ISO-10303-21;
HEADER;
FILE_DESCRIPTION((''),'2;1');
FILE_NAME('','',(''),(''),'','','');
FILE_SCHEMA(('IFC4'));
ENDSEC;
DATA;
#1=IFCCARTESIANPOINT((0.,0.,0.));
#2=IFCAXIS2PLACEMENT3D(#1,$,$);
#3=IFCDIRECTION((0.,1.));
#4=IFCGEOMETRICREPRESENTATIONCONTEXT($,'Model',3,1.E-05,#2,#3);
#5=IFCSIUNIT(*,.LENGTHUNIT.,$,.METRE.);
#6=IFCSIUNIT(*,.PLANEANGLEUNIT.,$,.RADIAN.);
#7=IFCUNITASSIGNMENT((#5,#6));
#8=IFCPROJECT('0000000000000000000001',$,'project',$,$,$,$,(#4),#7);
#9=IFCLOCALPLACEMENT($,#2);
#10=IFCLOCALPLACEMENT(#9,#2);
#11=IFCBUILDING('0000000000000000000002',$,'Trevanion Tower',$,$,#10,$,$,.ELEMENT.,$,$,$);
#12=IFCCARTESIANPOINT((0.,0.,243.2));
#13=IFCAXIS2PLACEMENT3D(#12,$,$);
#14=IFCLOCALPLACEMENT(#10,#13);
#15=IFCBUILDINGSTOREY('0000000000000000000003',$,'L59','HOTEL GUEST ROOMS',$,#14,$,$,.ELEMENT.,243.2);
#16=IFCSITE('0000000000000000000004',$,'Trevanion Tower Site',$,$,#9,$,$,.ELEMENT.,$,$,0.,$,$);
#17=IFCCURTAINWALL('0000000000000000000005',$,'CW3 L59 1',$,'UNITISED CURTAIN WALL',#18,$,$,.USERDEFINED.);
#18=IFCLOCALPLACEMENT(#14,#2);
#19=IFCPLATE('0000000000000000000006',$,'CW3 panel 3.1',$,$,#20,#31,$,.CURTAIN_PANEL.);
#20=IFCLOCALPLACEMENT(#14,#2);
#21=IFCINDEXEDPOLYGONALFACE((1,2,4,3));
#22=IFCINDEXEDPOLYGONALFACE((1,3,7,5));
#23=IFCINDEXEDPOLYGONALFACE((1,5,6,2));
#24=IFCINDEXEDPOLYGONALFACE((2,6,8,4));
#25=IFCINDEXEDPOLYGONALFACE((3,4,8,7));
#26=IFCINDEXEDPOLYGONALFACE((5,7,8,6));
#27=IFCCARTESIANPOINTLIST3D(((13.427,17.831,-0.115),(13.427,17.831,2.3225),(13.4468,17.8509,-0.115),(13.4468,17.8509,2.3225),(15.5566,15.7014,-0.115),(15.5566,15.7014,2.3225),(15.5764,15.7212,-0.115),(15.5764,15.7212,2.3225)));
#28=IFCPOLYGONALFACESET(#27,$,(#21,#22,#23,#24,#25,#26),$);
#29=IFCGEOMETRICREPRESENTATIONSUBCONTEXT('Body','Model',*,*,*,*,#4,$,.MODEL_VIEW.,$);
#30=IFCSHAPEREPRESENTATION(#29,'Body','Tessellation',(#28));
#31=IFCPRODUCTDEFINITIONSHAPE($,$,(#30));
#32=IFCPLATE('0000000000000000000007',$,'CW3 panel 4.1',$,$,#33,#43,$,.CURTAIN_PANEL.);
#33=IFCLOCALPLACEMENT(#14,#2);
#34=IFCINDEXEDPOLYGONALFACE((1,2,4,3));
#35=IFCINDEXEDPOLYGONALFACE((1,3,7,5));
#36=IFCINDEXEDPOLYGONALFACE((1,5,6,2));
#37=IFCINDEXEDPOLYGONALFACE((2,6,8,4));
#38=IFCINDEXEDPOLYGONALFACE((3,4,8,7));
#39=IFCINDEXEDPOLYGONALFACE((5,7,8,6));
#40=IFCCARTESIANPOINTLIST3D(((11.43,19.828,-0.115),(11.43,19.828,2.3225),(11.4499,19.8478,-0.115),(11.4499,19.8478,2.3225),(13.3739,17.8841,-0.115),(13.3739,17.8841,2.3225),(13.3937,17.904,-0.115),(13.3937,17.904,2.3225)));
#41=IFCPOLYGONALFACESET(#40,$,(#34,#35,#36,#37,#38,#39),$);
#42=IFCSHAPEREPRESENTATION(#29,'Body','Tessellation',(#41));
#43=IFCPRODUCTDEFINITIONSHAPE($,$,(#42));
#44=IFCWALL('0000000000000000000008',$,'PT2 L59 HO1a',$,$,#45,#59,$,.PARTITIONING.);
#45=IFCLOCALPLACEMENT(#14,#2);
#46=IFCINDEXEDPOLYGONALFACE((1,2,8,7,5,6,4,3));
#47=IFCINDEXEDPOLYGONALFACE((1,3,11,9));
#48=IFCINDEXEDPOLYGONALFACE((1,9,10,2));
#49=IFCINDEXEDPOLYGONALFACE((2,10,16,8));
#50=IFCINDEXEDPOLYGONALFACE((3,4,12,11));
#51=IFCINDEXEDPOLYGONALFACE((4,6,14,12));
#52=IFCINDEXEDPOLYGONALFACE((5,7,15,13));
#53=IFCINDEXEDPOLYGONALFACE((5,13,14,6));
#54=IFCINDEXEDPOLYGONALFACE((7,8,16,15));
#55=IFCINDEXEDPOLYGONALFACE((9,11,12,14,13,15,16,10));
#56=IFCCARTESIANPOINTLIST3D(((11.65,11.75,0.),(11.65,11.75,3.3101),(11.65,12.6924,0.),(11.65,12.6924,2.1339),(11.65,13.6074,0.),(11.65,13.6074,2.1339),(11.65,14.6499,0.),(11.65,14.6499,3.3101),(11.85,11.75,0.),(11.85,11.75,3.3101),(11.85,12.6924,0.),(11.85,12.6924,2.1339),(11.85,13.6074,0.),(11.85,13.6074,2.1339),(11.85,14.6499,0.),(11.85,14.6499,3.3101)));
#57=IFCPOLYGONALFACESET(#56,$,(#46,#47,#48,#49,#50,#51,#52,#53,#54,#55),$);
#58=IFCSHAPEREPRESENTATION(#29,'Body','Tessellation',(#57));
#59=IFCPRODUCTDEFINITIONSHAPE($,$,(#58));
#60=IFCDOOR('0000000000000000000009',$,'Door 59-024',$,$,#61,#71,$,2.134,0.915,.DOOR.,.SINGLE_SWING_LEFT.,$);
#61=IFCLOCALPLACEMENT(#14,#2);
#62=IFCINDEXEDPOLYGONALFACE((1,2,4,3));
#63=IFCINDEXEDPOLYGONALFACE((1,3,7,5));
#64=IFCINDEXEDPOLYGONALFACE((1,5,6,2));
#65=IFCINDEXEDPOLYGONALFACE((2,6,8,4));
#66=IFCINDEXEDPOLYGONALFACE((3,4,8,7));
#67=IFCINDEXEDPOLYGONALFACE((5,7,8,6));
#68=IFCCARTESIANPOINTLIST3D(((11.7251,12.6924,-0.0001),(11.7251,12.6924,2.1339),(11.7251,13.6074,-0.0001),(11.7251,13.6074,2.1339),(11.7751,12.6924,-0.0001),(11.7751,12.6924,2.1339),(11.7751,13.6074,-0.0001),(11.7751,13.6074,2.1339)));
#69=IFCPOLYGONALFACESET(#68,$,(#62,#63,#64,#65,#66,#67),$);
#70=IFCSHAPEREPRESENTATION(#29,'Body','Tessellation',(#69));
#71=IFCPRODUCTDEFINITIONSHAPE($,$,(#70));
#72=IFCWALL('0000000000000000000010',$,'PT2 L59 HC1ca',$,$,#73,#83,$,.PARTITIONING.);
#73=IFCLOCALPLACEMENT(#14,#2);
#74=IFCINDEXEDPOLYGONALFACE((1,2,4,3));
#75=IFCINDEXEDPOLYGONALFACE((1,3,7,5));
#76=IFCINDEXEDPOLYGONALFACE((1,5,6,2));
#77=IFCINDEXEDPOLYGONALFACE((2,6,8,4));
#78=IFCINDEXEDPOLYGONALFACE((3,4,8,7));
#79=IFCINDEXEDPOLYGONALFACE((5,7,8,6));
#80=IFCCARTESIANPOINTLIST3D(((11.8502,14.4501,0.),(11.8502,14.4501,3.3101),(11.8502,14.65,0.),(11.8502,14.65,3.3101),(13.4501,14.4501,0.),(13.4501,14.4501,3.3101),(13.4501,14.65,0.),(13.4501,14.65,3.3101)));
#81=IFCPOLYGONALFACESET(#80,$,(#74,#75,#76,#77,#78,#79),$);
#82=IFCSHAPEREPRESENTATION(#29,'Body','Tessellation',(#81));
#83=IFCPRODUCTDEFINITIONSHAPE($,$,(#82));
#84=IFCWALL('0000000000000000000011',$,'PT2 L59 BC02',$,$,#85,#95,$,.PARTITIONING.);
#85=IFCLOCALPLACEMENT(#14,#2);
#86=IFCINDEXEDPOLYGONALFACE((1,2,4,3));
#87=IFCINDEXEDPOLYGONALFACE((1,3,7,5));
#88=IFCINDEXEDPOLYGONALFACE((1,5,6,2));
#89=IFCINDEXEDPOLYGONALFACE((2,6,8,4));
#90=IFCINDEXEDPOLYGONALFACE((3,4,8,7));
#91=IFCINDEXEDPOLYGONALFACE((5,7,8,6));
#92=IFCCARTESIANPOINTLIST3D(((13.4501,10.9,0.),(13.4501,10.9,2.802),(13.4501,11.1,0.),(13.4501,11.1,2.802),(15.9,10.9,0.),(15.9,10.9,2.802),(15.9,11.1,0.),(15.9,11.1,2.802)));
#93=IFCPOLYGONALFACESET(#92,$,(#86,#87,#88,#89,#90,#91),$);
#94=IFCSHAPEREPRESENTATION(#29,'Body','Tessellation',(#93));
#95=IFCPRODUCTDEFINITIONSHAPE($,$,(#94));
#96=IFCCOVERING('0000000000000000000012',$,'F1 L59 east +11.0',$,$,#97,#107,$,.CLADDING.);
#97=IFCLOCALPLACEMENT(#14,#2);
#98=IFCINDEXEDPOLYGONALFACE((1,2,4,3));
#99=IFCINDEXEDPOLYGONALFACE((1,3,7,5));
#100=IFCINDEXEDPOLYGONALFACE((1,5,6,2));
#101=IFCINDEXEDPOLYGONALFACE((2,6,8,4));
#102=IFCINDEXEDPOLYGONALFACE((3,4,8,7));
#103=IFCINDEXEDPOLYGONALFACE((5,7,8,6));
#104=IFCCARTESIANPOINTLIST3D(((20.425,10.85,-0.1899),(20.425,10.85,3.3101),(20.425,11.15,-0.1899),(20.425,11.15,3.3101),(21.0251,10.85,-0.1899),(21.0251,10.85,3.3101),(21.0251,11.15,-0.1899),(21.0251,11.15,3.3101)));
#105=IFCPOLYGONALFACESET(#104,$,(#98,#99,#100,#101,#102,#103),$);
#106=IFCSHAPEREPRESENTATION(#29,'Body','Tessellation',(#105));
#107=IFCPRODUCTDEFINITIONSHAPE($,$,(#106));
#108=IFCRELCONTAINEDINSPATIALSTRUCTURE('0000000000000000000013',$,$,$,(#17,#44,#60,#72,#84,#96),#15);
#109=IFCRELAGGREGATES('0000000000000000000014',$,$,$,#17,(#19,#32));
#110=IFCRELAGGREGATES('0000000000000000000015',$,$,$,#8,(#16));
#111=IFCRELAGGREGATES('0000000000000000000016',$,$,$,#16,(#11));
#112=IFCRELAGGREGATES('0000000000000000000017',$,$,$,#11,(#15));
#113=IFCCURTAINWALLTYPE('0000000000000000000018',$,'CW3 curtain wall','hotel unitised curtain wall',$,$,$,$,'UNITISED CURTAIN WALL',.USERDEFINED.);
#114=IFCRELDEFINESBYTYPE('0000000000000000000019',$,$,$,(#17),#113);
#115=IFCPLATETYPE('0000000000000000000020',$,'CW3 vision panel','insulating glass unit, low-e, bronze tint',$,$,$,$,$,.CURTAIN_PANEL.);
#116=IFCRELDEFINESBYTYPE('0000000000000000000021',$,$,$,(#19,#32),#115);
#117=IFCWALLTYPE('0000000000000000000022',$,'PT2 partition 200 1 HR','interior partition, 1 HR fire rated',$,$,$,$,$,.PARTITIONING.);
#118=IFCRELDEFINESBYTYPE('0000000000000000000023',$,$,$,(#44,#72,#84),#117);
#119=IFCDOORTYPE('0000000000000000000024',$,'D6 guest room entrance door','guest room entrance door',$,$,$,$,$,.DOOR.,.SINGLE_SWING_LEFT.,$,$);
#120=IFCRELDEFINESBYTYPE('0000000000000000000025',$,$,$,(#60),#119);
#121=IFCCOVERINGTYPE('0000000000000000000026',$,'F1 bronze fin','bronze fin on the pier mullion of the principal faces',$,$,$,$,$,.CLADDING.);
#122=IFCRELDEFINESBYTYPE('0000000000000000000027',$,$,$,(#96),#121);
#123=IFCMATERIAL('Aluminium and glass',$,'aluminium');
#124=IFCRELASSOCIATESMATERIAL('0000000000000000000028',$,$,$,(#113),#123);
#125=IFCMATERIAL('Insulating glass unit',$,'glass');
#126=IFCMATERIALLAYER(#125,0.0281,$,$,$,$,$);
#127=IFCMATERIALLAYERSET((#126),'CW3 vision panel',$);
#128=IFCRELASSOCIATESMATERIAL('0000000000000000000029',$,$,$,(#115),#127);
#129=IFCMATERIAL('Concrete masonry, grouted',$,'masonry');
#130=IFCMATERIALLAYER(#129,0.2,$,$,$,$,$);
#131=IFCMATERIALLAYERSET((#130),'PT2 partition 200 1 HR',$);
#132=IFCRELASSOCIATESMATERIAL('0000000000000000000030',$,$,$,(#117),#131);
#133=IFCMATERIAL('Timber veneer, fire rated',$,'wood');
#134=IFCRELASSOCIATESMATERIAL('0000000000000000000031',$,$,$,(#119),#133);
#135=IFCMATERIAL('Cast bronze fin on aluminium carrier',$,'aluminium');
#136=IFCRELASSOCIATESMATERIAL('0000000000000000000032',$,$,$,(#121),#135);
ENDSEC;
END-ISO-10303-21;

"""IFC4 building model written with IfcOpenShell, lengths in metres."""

from ifc_helpers import new_model, si_unit, direction, frame, frame_2d, origin, origin_2d, place, context, subcontext, project, spatial, rectangle, extrude, material, layer, layer_set, type_object, element, fill, aggregate, save


model = new_model("IFC4")

# Units and contexts
model_context = context("Model", 3, precision=1e-05, world=origin(), true_north=direction((0.0, 1.0)))
body_context = subcontext(model_context, "Body", "Model", "MODEL_VIEW")
ifc_project = project(units=[si_unit("LENGTHUNIT", "METRE"), si_unit("PLANEANGLEUNIT", "RADIAN")], contexts=[model_context])

# Site, building, storey
site_placement = place(None, origin())
site = spatial("IfcSite", under=ifc_project, at=site_placement, Name="Trevanion Tower Site", CompositionType="ELEMENT", RefElevation=0.0)
building_placement = place(site_placement, origin())
building = spatial("IfcBuilding", under=site, at=building_placement, Name="Trevanion Tower", CompositionType="ELEMENT")
storey_placement = place(building_placement, frame((0.0, 0.0, 243.2)))
storey = spatial("IfcBuildingStorey", under=building, at=storey_placement, Name="L59", Description="HOTEL GUEST ROOMS", CompositionType="ELEMENT", Elevation=243.2)

# Curtain wall
ifc_material_1 = material(Name="Aluminium and glass", Category="aluminium")
curtain_wall_type = type_object("IfcCurtainWallType", Name="CW3 curtain wall", Description="hotel unitised curtain wall", ElementType="UNITISED CURTAIN WALL", PredefinedType="USERDEFINED", material=ifc_material_1)
curtain_wall_1_placement = place(storey_placement, origin())
curtain_wall_1 = element("IfcCurtainWall", 1, at=curtain_wall_1_placement, inside=storey, type_object=curtain_wall_type, Name="CW3 L59 1", ObjectType="UNITISED CURTAIN WALL", PredefinedType="USERDEFINED")

# Plates
ifc_material_2 = material(Name="Insulating glass unit", Category="glass")
ifc_layer_1 = layer(ifc_material_2, 0.0281)
ifc_layer_set_1 = layer_set([ifc_layer_1], Name="CW3 vision panel")
plate_type_1 = type_object("IfcPlateType", Name="CW3 vision panel", Description="insulating glass unit, low-e, bronze tint", PredefinedType="CURTAIN_PANEL", material=ifc_layer_set_1)
plate_1_placement = place(storey_placement, frame((14.5017, 16.7761, -0.115), z_axis=(0.0, 0.0, 1.0), x_axis=(-0.707107, 0.707107, 0.0)))
plate_1 = element("IfcPlate", 2, at=plate_1_placement, type_object=plate_type_1, Name="CW3 panel 3.1", PredefinedType="CURTAIN_PANEL", context=body_context, shape_type="SweptSolid", body=[
    extrude(rectangle(XDim=3.0117, YDim=0.0281, at=origin_2d()), origin(), (0.0, 0.0, 1.0), 2.4375),
])
plate_2_placement = place(storey_placement, frame((12.4119, 18.866, -0.115), z_axis=(0.0, 0.0, 1.0), x_axis=(-0.707107, 0.707107, 0.0)))
plate_2 = element("IfcPlate", 3, at=plate_2_placement, type_object=plate_type_1, Name="CW3 panel 4.1", PredefinedType="CURTAIN_PANEL", context=body_context, shape_type="SweptSolid", body=[
    extrude(rectangle(XDim=2.749, YDim=0.0281, at=origin_2d()), origin(), (0.0, 0.0, 1.0), 2.4375),
])
aggregate(curtain_wall_1, [plate_1, plate_2])

# Wall, opening, door
ifc_material_3 = material(Name="Concrete masonry, grouted", Category="masonry")
ifc_layer_2 = layer(ifc_material_3, 0.2)
ifc_layer_set_2 = layer_set([ifc_layer_2], Name="PT2 partition 200 1 HR")
wall_type = type_object("IfcWallType", Name="PT2 partition 200 1 HR", Description="interior partition, 1 HR fire rated", PredefinedType="PARTITIONING", material=ifc_layer_set_2)
wall_1_placement = place(storey_placement, frame((11.75, 11.75, 0.0), z_axis=(0.0, 0.0, 1.0), x_axis=(0.0, 1.0, 0.0)))
wall_1 = element("IfcWall", 4, at=wall_1_placement, inside=storey, type_object=wall_type, Name="PT2 L59 HO1a", PredefinedType="PARTITIONING", context=body_context, shape_type="SweptSolid", body=[
    extrude(rectangle(XDim=2.8999, YDim=0.2, at=frame_2d((1.45, 0.0))), origin(), (0.0, 0.0, 1.0), 3.3101),
])
opening_placement = place(wall_1_placement, frame((0.9424, 0.0, 0.0)))
opening = element("IfcOpeningElement", 5, at=opening_placement, cuts=wall_1, PredefinedType="OPENING", context=body_context, shape_type="SweptSolid", body=[
    extrude(rectangle(XDim=0.915, YDim=2.134, at=frame_2d((0.4575, 1.0669))), frame((0.0, 0.1099, 0.0), z_axis=(0.0, -1.0, 0.0), x_axis=(1.0, 0.0, 0.0)), (0.0, 0.0, 1.0), 0.22),
])
ifc_material_4 = material(Name="Timber veneer, fire rated", Category="wood")
door_type = type_object("IfcDoorType", Name="D6 guest room entrance door", Description="guest room entrance door", OperationType="SINGLE_SWING_LEFT", PredefinedType="DOOR", material=ifc_material_4)
door_placement = place(opening_placement, origin())
door = element("IfcDoor", 6, at=door_placement, inside=storey, type_object=door_type, Name="Door 59-024", OperationType="SINGLE_SWING_LEFT", OverallHeight=2.134, OverallWidth=0.915, PredefinedType="DOOR", context=body_context, shape_type="SweptSolid", body=[
    extrude(rectangle(XDim=0.915, YDim=2.134, at=frame_2d((0.4575, 1.0669))), frame((0.0, 0.0249, 0.0), z_axis=(0.0, -1.0, 0.0), x_axis=(1.0, 0.0, 0.0)), (0.0, 0.0, 1.0), 0.05),
])
fill(opening, door)

# Walls
wall_2_placement = place(storey_placement, frame((13.45, 14.55, 0.0), z_axis=(0.0, 0.0, 1.0), x_axis=(-1.0, 0.0, 0.0)))
element("IfcWall", 7, at=wall_2_placement, inside=storey, type_object=wall_type, Name="PT2 L59 HC1ca", PredefinedType="PARTITIONING", context=body_context, shape_type="SweptSolid", body=[
    extrude(rectangle(XDim=1.5999, YDim=0.2, at=frame_2d((0.7998, 0.0))), origin(), (0.0, 0.0, 1.0), 3.3101),
])
wall_3_placement = place(storey_placement, frame((13.45, 11.0, 0.0), z_axis=(0.0, 0.0, 1.0), x_axis=(1.0, 0.0, 0.0)))
element("IfcWall", 8, at=wall_3_placement, inside=storey, type_object=wall_type, Name="PT2 L59 BC02", PredefinedType="PARTITIONING", context=body_context, shape_type="SweptSolid", body=[
    extrude(rectangle(XDim=2.45, YDim=0.2, at=frame_2d((1.2251, 0.0))), origin(), (0.0, 0.0, 1.0), 2.802),
])

# Covering
ifc_material_5 = material(Name="Cast bronze fin on aluminium carrier", Category="aluminium")
covering_type = type_object("IfcCoveringType", Name="F1 bronze fin", Description="bronze fin on the pier mullion of the principal faces", PredefinedType="CLADDING", material=ifc_material_5)
covering_placement = place(storey_placement, frame((20.7251, 11.0, -0.1899), z_axis=(0.0, 0.0, 1.0), x_axis=(0.0, 1.0, 0.0)))
element("IfcCovering", 9, at=covering_placement, inside=storey, type_object=covering_type, Name="F1 L59 east +11.0", PredefinedType="CLADDING", context=body_context, shape_type="SweptSolid", body=[
    extrude(rectangle(XDim=0.3, YDim=0.6001, at=origin_2d()), origin(), (0.0, 0.0, 1.0), 3.5),
])

save(model, "model.ifc")
